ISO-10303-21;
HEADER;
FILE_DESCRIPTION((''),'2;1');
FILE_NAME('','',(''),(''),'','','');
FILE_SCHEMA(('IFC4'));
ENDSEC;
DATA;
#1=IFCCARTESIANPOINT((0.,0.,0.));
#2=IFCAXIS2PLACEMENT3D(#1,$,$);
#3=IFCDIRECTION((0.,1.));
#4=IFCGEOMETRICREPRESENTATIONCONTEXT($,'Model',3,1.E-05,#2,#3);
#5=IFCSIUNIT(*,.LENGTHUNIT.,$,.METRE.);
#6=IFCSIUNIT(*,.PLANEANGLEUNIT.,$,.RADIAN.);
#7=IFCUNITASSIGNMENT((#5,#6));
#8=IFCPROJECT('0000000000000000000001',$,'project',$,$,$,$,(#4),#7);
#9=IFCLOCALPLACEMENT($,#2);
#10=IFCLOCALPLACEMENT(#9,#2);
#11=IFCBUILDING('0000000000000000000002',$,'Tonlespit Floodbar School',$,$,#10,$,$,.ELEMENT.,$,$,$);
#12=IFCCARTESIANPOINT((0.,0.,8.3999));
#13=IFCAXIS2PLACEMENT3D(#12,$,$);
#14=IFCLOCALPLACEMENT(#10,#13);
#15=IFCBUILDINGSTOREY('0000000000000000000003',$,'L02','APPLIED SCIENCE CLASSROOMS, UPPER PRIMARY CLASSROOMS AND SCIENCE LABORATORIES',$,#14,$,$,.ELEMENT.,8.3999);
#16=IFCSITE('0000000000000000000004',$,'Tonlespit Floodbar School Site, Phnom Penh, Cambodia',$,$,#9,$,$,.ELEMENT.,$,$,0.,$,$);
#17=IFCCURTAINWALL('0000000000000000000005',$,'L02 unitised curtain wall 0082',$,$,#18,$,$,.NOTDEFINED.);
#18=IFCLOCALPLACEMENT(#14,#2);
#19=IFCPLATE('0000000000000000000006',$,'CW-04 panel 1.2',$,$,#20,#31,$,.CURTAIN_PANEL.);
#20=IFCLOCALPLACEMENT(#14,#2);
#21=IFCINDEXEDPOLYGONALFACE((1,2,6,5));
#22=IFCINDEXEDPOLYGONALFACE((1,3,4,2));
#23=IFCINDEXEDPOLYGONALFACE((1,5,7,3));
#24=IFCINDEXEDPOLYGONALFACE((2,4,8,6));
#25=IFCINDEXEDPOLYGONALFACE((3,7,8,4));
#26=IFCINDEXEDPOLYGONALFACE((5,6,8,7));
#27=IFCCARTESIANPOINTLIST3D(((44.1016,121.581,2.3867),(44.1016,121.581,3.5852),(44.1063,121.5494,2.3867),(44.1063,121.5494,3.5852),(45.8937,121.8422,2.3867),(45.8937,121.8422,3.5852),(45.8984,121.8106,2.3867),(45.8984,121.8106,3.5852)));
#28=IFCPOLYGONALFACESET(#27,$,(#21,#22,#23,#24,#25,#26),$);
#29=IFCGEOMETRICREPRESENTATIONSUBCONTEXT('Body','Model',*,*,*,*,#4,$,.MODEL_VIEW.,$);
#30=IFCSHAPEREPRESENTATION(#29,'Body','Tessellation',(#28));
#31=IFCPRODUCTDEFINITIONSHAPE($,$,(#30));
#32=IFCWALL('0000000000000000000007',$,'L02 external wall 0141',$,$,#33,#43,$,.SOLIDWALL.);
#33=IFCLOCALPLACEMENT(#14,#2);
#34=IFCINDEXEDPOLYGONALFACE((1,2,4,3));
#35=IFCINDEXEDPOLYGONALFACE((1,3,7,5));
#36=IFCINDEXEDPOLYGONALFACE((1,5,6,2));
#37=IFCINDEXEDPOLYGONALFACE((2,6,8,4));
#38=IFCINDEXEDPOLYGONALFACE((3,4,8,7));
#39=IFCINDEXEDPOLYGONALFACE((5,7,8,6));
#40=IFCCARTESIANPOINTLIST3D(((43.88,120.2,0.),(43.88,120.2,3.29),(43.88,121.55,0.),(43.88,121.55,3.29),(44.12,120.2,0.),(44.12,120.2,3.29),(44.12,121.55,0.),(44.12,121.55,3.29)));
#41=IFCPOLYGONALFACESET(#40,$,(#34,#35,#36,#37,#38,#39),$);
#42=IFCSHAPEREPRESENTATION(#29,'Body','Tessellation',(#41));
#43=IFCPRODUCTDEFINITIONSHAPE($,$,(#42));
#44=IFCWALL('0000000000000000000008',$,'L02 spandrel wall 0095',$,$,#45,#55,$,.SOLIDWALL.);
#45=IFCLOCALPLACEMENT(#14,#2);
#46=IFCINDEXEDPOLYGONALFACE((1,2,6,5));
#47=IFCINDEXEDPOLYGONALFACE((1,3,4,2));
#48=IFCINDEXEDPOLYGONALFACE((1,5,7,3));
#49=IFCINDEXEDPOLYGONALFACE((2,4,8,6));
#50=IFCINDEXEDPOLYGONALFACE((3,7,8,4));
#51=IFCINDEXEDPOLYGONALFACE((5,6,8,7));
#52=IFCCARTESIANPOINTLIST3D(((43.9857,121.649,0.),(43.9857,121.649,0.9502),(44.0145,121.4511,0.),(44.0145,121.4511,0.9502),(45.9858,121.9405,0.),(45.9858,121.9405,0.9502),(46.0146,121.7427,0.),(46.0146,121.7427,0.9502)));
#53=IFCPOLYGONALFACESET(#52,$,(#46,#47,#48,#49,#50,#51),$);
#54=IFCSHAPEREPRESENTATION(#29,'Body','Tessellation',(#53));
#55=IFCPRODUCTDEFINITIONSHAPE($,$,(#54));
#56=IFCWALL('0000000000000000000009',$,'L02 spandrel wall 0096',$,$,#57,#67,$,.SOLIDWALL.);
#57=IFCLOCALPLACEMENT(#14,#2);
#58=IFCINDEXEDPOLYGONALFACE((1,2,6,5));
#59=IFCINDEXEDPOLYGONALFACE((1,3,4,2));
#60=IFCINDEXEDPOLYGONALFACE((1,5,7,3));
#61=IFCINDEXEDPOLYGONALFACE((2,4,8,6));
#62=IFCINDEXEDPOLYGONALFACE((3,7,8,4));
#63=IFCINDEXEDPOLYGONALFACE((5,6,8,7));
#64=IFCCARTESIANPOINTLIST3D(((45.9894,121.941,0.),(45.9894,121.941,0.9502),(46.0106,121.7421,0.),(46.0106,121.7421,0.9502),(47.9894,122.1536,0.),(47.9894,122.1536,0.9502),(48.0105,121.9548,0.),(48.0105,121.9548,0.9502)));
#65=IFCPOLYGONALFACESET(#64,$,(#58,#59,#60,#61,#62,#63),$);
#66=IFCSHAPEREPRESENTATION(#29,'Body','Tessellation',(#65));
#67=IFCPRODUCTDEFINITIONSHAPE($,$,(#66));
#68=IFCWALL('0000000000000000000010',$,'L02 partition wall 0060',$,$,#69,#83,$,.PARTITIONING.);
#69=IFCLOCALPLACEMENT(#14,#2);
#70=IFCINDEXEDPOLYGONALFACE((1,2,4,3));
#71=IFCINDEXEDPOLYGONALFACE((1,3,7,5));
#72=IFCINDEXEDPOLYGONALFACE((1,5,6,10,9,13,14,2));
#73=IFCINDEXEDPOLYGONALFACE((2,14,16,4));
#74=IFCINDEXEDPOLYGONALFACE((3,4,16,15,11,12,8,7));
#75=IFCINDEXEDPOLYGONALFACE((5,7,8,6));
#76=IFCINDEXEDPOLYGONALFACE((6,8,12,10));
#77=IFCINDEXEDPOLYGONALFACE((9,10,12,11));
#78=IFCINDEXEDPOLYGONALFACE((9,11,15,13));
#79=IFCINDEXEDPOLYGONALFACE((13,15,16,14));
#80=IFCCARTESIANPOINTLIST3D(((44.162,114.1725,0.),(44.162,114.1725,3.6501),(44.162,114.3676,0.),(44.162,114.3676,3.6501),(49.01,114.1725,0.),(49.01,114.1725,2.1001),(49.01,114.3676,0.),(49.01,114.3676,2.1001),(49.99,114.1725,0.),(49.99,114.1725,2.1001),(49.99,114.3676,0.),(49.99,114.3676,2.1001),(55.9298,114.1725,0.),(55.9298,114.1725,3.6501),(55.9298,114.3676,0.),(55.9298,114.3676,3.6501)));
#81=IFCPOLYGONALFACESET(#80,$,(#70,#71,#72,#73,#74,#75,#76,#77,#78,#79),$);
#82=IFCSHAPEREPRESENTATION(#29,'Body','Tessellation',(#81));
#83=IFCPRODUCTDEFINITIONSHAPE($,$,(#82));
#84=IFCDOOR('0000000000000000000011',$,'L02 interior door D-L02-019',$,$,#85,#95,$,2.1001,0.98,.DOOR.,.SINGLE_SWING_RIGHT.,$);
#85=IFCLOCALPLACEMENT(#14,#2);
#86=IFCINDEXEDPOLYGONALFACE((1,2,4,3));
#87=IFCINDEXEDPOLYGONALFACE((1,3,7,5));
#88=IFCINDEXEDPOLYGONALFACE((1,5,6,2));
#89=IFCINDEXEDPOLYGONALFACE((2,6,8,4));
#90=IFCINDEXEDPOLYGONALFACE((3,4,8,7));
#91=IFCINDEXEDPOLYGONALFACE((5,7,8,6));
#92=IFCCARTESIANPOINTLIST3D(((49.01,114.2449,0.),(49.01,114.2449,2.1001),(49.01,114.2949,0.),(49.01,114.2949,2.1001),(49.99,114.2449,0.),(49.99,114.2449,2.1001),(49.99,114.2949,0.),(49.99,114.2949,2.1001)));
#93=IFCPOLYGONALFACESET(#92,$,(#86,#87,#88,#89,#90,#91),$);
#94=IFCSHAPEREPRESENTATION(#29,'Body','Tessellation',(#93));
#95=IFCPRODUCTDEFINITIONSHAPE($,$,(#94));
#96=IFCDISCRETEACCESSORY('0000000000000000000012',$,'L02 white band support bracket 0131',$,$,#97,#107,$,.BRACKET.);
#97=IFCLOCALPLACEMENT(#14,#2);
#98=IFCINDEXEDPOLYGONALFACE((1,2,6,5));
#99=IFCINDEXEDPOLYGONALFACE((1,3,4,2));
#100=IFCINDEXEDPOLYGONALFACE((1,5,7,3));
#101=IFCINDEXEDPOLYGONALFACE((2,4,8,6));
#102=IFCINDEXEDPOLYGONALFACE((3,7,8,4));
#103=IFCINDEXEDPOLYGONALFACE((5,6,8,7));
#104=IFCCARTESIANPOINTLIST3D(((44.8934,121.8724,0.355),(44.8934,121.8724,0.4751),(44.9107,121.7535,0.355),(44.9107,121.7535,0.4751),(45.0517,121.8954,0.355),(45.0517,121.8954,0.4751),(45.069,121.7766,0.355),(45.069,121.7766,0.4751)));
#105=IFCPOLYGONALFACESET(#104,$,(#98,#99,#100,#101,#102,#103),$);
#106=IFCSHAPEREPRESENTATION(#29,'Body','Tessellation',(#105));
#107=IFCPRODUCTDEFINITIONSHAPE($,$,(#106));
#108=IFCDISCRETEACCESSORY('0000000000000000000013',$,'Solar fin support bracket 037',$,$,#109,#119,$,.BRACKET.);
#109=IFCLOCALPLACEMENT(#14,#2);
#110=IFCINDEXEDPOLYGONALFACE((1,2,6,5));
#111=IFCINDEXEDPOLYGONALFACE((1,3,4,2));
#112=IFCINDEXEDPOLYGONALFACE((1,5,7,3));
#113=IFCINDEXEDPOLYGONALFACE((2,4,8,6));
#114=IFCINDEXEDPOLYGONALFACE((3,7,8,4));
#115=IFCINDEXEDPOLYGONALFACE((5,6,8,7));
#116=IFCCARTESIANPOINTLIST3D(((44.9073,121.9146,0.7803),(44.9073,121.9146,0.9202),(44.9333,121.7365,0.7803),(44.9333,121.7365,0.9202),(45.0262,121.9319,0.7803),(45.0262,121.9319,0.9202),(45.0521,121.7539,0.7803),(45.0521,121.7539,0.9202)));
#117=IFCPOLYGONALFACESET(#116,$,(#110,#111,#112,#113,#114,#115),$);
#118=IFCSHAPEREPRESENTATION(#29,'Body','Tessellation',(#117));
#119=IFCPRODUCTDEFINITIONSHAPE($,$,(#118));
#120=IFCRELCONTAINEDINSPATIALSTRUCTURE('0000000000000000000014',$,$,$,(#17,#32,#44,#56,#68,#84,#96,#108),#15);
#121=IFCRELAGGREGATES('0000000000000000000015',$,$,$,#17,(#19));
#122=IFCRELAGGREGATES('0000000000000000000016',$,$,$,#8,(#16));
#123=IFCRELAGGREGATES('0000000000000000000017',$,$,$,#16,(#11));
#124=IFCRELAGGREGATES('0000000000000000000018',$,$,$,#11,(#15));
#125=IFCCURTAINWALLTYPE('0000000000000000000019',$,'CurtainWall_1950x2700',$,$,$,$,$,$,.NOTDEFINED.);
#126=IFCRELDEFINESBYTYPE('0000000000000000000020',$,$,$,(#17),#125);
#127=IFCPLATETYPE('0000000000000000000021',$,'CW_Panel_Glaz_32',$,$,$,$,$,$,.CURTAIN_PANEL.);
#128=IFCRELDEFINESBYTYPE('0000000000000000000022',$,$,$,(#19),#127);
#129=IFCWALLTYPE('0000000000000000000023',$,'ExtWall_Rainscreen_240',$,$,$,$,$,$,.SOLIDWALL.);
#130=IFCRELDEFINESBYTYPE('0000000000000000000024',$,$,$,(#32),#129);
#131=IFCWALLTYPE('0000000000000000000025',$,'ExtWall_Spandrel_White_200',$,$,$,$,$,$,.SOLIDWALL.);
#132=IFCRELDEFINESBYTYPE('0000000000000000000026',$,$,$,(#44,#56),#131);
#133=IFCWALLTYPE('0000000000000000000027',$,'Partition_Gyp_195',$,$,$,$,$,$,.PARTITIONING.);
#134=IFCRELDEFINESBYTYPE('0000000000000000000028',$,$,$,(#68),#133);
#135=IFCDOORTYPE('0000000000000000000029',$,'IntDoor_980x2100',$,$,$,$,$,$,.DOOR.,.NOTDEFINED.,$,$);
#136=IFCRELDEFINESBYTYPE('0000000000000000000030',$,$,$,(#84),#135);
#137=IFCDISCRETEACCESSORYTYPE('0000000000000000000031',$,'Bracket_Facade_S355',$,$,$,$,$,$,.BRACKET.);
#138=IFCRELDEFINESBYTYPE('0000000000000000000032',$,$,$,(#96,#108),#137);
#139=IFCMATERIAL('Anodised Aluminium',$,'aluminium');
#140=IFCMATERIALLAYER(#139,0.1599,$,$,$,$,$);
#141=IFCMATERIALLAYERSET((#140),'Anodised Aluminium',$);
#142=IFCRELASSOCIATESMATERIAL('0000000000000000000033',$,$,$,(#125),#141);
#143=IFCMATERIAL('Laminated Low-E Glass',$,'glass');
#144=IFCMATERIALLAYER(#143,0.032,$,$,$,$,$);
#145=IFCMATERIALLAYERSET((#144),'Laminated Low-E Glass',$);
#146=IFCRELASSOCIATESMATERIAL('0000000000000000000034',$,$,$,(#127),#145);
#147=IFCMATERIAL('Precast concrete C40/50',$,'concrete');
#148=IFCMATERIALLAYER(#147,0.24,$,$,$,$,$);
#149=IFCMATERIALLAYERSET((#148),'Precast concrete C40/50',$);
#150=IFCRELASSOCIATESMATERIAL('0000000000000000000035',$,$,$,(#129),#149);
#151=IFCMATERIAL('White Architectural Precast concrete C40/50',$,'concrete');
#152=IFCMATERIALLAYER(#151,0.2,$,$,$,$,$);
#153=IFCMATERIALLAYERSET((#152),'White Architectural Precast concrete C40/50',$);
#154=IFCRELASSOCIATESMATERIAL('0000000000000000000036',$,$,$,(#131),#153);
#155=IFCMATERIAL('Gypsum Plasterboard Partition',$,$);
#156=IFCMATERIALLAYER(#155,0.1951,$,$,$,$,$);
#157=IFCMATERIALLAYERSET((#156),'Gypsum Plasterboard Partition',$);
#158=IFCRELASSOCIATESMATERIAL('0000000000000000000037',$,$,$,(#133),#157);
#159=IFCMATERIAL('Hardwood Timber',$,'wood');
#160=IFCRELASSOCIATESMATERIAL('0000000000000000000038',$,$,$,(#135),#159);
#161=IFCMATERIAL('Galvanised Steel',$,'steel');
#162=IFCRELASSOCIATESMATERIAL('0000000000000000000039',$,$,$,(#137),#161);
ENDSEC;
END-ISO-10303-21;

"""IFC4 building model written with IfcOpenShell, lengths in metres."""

from ifc_helpers import new_model, si_unit, direction, frame, frame_2d, origin, origin_2d, place, context, subcontext, project, spatial, rectangle, extrude, material, layer, layer_set, type_object, element, fill, aggregate, save


model = new_model("IFC4")

# Units and contexts
model_context = context("Model", 3, precision=1e-05, world=origin(), true_north=direction((0.0, 1.0)))
body_context = subcontext(model_context, "Body", "Model", "MODEL_VIEW")
ifc_project = project(units=[si_unit("LENGTHUNIT", "METRE"), si_unit("PLANEANGLEUNIT", "RADIAN")], contexts=[model_context])

# Site, building, storey
site_placement = place(None, origin())
site = spatial("IfcSite", under=ifc_project, at=site_placement, Name="Tonlespit Floodbar School Site, Phnom Penh, Cambodia", CompositionType="ELEMENT", RefElevation=0.0)
building_placement = place(site_placement, origin())
building = spatial("IfcBuilding", under=site, at=building_placement, Name="Tonlespit Floodbar School", CompositionType="ELEMENT")
storey_placement = place(building_placement, frame((0.0, 0.0, 8.3999)))
storey = spatial("IfcBuildingStorey", under=building, at=storey_placement, Name="L02", Description="APPLIED SCIENCE CLASSROOMS, UPPER PRIMARY CLASSROOMS AND SCIENCE LABORATORIES", CompositionType="ELEMENT", Elevation=8.3999)

# Curtain wall
ifc_material_1 = material(Name="Anodised Aluminium", Category="aluminium")
ifc_layer_1 = layer(ifc_material_1, 0.1599)
ifc_layer_set_1 = layer_set([ifc_layer_1], Name="Anodised Aluminium")
curtain_wall_type = type_object("IfcCurtainWallType", Name="CurtainWall_1950x2700", PredefinedType="NOTDEFINED", material=ifc_layer_set_1)
curtain_wall_1_placement = place(storey_placement, origin())
curtain_wall_1 = element("IfcCurtainWall", 1, at=curtain_wall_1_placement, inside=storey, type_object=curtain_wall_type, Name="L02 unitised curtain wall 0082", PredefinedType="NOTDEFINED")

# Plate
ifc_material_2 = material(Name="Laminated Low-E Glass", Category="glass")
ifc_layer_2 = layer(ifc_material_2, 0.032)
ifc_layer_set_2 = layer_set([ifc_layer_2], Name="Laminated Low-E Glass")
plate_type = type_object("IfcPlateType", Name="CW_Panel_Glaz_32", PredefinedType="CURTAIN_PANEL", material=ifc_layer_set_2)
plate_1_placement = place(storey_placement, frame((45.0, 121.6958, 2.3867), z_axis=(0.0, 0.0, 1.0), x_axis=(0.989542, 0.144248, 0.0)))
plate_1 = element("IfcPlate", 2, at=plate_1_placement, type_object=plate_type, Name="CW-04 panel 1.2", PredefinedType="CURTAIN_PANEL", context=body_context, shape_type="SweptSolid", body=[
    extrude(rectangle(XDim=1.811, YDim=0.032, at=origin_2d()), origin(), (0.0, 0.0, 1.0), 1.1985),
])
aggregate(curtain_wall_1, [plate_1])

# Walls
ifc_material_3 = material(Name="Precast concrete C40/50", Category="concrete")
ifc_layer_3 = layer(ifc_material_3, 0.24)
ifc_layer_set_3 = layer_set([ifc_layer_3], Name="Precast concrete C40/50")
wall_type_1 = type_object("IfcWallType", Name="ExtWall_Rainscreen_240", PredefinedType="SOLIDWALL", material=ifc_layer_set_3)
wall_1_placement = place(storey_placement, frame((44.0, 120.2, 0.0), z_axis=(0.0, 0.0, 1.0), x_axis=(0.0, 1.0, 0.0)))
element("IfcWall", 3, at=wall_1_placement, inside=storey, type_object=wall_type_1, Name="L02 external wall 0141", PredefinedType="SOLIDWALL", context=body_context, shape_type="SweptSolid", body=[
    extrude(rectangle(XDim=1.3501, YDim=0.24, at=frame_2d((0.675, 0.0))), origin(), (0.0, 0.0, 1.0), 3.29),
])
ifc_material_4 = material(Name="White Architectural Precast concrete C40/50", Category="concrete")
ifc_layer_4 = layer(ifc_material_4, 0.2)
ifc_layer_set_4 = layer_set([ifc_layer_4], Name="White Architectural Precast concrete C40/50")
wall_type_2 = type_object("IfcWallType", Name="ExtWall_Spandrel_White_200", PredefinedType="SOLIDWALL", material=ifc_layer_set_4)
wall_2_placement = place(storey_placement, frame((44.0, 121.55, 0.0), z_axis=(0.0, 0.0, 1.0), x_axis=(0.989544, 0.144228, 0.0)))
element("IfcWall", 4, at=wall_2_placement, inside=storey, type_object=wall_type_2, Name="L02 spandrel wall 0095", PredefinedType="SOLIDWALL", context=body_context, shape_type="SweptSolid", body=[
    extrude(rectangle(XDim=2.0212, YDim=0.2, at=frame_2d((1.0107, 0.0))), origin(), (0.0, 0.0, 1.0), 0.9502),
])
wall_3_placement = place(storey_placement, frame((46.0, 121.8416, 0.0), z_axis=(0.0, 0.0, 1.0), x_axis=(0.994395, 0.105727, 0.0)))
element("IfcWall", 5, at=wall_3_placement, inside=storey, type_object=wall_type_2, Name="L02 spandrel wall 0096", PredefinedType="SOLIDWALL", context=body_context, shape_type="SweptSolid", body=[
    extrude(rectangle(XDim=2.0112, YDim=0.2, at=frame_2d((1.0056, 0.0))), origin(), (0.0, 0.0, 1.0), 0.9502),
])

# Wall, opening, door
ifc_material_5 = material(Name="Gypsum Plasterboard Partition")
ifc_layer_5 = layer(ifc_material_5, 0.1951)
ifc_layer_set_5 = layer_set([ifc_layer_5], Name="Gypsum Plasterboard Partition")
wall_type_3 = type_object("IfcWallType", Name="Partition_Gyp_195", PredefinedType="PARTITIONING", material=ifc_layer_set_5)
wall_4_placement = place(storey_placement, frame((44.1621, 114.27, 0.0), z_axis=(0.0, 0.0, 1.0), x_axis=(1.0, 0.0, 0.0)))
wall_4 = element("IfcWall", 6, at=wall_4_placement, inside=storey, type_object=wall_type_3, Name="L02 partition wall 0060", PredefinedType="PARTITIONING", context=body_context, shape_type="SweptSolid", body=[
    extrude(rectangle(XDim=11.7678, YDim=0.1951, at=frame_2d((5.8838, 0.0))), origin(), (0.0, 0.0, 1.0), 3.6501),
])
opening_placement = place(wall_4_placement, frame((4.8479, 0.0, 0.0)))
opening = element("IfcOpeningElement", 7, at=opening_placement, cuts=wall_4, PredefinedType="OPENING", context=body_context, shape_type="SweptSolid", body=[
    extrude(rectangle(XDim=0.98, YDim=2.1001, at=frame_2d((0.49, 1.05))), frame((0.0, 0.1074, 0.0), z_axis=(0.0, -1.0, 0.0), x_axis=(1.0, 0.0, 0.0)), (0.0, 0.0, 1.0), 0.2151),
])
ifc_material_6 = material(Name="Hardwood Timber", Category="wood")
door_type = type_object("IfcDoorType", Name="IntDoor_980x2100", OperationType="NOTDEFINED", PredefinedType="DOOR", material=ifc_material_6)
door_placement = place(opening_placement, origin())
door = element("IfcDoor", 8, at=door_placement, inside=storey, type_object=door_type, Name="L02 interior door D-L02-019", OperationType="SINGLE_SWING_RIGHT", OverallHeight=2.1001, OverallWidth=0.98, PredefinedType="DOOR", context=body_context, shape_type="SweptSolid", body=[
    extrude(rectangle(XDim=0.98, YDim=2.1001, at=frame_2d((0.49, 1.05))), frame((0.0, 0.0249, 0.0), z_axis=(0.0, -1.0, 0.0), x_axis=(1.0, 0.0, 0.0)), (0.0, 0.0, 1.0), 0.05),
])
fill(opening, door)

# Discrete accessories
ifc_material_7 = material(Name="Galvanised Steel", Category="steel")
discrete_accessory_type = type_object("IfcDiscreteAccessoryType", Name="Bracket_Facade_S355", PredefinedType="BRACKET", material=ifc_material_7)
discrete_accessory_1_placement = place(storey_placement, frame((44.9812, 121.8245, 0.355), z_axis=(0.0, 0.0, 1.0), x_axis=(0.989538, 0.144275, 0.0)))
element("IfcDiscreteAccessory", 9, at=discrete_accessory_1_placement, inside=storey, type_object=discrete_accessory_type, Name="L02 white band support bracket 0131", PredefinedType="BRACKET", context=body_context, shape_type="SweptSolid", body=[
    extrude(rectangle(XDim=0.1599, YDim=0.1201, at=origin_2d()), origin(), (0.0, 0.0, 1.0), 0.1201),
])
discrete_accessory_2_placement = place(storey_placement, frame((44.9797, 121.8342, 0.7803), z_axis=(0.0, 0.0, 1.0), x_axis=(0.989538, 0.144275, 0.0)))
element("IfcDiscreteAccessory", 10, at=discrete_accessory_2_placement, inside=storey, type_object=discrete_accessory_type, Name="Solar fin support bracket 037", PredefinedType="BRACKET", context=body_context, shape_type="SweptSolid", body=[
    extrude(rectangle(XDim=0.1201, YDim=0.1799, at=origin_2d()), origin(), (0.0, 0.0, 1.0), 0.1399),
])

save(model, "model.ifc")
